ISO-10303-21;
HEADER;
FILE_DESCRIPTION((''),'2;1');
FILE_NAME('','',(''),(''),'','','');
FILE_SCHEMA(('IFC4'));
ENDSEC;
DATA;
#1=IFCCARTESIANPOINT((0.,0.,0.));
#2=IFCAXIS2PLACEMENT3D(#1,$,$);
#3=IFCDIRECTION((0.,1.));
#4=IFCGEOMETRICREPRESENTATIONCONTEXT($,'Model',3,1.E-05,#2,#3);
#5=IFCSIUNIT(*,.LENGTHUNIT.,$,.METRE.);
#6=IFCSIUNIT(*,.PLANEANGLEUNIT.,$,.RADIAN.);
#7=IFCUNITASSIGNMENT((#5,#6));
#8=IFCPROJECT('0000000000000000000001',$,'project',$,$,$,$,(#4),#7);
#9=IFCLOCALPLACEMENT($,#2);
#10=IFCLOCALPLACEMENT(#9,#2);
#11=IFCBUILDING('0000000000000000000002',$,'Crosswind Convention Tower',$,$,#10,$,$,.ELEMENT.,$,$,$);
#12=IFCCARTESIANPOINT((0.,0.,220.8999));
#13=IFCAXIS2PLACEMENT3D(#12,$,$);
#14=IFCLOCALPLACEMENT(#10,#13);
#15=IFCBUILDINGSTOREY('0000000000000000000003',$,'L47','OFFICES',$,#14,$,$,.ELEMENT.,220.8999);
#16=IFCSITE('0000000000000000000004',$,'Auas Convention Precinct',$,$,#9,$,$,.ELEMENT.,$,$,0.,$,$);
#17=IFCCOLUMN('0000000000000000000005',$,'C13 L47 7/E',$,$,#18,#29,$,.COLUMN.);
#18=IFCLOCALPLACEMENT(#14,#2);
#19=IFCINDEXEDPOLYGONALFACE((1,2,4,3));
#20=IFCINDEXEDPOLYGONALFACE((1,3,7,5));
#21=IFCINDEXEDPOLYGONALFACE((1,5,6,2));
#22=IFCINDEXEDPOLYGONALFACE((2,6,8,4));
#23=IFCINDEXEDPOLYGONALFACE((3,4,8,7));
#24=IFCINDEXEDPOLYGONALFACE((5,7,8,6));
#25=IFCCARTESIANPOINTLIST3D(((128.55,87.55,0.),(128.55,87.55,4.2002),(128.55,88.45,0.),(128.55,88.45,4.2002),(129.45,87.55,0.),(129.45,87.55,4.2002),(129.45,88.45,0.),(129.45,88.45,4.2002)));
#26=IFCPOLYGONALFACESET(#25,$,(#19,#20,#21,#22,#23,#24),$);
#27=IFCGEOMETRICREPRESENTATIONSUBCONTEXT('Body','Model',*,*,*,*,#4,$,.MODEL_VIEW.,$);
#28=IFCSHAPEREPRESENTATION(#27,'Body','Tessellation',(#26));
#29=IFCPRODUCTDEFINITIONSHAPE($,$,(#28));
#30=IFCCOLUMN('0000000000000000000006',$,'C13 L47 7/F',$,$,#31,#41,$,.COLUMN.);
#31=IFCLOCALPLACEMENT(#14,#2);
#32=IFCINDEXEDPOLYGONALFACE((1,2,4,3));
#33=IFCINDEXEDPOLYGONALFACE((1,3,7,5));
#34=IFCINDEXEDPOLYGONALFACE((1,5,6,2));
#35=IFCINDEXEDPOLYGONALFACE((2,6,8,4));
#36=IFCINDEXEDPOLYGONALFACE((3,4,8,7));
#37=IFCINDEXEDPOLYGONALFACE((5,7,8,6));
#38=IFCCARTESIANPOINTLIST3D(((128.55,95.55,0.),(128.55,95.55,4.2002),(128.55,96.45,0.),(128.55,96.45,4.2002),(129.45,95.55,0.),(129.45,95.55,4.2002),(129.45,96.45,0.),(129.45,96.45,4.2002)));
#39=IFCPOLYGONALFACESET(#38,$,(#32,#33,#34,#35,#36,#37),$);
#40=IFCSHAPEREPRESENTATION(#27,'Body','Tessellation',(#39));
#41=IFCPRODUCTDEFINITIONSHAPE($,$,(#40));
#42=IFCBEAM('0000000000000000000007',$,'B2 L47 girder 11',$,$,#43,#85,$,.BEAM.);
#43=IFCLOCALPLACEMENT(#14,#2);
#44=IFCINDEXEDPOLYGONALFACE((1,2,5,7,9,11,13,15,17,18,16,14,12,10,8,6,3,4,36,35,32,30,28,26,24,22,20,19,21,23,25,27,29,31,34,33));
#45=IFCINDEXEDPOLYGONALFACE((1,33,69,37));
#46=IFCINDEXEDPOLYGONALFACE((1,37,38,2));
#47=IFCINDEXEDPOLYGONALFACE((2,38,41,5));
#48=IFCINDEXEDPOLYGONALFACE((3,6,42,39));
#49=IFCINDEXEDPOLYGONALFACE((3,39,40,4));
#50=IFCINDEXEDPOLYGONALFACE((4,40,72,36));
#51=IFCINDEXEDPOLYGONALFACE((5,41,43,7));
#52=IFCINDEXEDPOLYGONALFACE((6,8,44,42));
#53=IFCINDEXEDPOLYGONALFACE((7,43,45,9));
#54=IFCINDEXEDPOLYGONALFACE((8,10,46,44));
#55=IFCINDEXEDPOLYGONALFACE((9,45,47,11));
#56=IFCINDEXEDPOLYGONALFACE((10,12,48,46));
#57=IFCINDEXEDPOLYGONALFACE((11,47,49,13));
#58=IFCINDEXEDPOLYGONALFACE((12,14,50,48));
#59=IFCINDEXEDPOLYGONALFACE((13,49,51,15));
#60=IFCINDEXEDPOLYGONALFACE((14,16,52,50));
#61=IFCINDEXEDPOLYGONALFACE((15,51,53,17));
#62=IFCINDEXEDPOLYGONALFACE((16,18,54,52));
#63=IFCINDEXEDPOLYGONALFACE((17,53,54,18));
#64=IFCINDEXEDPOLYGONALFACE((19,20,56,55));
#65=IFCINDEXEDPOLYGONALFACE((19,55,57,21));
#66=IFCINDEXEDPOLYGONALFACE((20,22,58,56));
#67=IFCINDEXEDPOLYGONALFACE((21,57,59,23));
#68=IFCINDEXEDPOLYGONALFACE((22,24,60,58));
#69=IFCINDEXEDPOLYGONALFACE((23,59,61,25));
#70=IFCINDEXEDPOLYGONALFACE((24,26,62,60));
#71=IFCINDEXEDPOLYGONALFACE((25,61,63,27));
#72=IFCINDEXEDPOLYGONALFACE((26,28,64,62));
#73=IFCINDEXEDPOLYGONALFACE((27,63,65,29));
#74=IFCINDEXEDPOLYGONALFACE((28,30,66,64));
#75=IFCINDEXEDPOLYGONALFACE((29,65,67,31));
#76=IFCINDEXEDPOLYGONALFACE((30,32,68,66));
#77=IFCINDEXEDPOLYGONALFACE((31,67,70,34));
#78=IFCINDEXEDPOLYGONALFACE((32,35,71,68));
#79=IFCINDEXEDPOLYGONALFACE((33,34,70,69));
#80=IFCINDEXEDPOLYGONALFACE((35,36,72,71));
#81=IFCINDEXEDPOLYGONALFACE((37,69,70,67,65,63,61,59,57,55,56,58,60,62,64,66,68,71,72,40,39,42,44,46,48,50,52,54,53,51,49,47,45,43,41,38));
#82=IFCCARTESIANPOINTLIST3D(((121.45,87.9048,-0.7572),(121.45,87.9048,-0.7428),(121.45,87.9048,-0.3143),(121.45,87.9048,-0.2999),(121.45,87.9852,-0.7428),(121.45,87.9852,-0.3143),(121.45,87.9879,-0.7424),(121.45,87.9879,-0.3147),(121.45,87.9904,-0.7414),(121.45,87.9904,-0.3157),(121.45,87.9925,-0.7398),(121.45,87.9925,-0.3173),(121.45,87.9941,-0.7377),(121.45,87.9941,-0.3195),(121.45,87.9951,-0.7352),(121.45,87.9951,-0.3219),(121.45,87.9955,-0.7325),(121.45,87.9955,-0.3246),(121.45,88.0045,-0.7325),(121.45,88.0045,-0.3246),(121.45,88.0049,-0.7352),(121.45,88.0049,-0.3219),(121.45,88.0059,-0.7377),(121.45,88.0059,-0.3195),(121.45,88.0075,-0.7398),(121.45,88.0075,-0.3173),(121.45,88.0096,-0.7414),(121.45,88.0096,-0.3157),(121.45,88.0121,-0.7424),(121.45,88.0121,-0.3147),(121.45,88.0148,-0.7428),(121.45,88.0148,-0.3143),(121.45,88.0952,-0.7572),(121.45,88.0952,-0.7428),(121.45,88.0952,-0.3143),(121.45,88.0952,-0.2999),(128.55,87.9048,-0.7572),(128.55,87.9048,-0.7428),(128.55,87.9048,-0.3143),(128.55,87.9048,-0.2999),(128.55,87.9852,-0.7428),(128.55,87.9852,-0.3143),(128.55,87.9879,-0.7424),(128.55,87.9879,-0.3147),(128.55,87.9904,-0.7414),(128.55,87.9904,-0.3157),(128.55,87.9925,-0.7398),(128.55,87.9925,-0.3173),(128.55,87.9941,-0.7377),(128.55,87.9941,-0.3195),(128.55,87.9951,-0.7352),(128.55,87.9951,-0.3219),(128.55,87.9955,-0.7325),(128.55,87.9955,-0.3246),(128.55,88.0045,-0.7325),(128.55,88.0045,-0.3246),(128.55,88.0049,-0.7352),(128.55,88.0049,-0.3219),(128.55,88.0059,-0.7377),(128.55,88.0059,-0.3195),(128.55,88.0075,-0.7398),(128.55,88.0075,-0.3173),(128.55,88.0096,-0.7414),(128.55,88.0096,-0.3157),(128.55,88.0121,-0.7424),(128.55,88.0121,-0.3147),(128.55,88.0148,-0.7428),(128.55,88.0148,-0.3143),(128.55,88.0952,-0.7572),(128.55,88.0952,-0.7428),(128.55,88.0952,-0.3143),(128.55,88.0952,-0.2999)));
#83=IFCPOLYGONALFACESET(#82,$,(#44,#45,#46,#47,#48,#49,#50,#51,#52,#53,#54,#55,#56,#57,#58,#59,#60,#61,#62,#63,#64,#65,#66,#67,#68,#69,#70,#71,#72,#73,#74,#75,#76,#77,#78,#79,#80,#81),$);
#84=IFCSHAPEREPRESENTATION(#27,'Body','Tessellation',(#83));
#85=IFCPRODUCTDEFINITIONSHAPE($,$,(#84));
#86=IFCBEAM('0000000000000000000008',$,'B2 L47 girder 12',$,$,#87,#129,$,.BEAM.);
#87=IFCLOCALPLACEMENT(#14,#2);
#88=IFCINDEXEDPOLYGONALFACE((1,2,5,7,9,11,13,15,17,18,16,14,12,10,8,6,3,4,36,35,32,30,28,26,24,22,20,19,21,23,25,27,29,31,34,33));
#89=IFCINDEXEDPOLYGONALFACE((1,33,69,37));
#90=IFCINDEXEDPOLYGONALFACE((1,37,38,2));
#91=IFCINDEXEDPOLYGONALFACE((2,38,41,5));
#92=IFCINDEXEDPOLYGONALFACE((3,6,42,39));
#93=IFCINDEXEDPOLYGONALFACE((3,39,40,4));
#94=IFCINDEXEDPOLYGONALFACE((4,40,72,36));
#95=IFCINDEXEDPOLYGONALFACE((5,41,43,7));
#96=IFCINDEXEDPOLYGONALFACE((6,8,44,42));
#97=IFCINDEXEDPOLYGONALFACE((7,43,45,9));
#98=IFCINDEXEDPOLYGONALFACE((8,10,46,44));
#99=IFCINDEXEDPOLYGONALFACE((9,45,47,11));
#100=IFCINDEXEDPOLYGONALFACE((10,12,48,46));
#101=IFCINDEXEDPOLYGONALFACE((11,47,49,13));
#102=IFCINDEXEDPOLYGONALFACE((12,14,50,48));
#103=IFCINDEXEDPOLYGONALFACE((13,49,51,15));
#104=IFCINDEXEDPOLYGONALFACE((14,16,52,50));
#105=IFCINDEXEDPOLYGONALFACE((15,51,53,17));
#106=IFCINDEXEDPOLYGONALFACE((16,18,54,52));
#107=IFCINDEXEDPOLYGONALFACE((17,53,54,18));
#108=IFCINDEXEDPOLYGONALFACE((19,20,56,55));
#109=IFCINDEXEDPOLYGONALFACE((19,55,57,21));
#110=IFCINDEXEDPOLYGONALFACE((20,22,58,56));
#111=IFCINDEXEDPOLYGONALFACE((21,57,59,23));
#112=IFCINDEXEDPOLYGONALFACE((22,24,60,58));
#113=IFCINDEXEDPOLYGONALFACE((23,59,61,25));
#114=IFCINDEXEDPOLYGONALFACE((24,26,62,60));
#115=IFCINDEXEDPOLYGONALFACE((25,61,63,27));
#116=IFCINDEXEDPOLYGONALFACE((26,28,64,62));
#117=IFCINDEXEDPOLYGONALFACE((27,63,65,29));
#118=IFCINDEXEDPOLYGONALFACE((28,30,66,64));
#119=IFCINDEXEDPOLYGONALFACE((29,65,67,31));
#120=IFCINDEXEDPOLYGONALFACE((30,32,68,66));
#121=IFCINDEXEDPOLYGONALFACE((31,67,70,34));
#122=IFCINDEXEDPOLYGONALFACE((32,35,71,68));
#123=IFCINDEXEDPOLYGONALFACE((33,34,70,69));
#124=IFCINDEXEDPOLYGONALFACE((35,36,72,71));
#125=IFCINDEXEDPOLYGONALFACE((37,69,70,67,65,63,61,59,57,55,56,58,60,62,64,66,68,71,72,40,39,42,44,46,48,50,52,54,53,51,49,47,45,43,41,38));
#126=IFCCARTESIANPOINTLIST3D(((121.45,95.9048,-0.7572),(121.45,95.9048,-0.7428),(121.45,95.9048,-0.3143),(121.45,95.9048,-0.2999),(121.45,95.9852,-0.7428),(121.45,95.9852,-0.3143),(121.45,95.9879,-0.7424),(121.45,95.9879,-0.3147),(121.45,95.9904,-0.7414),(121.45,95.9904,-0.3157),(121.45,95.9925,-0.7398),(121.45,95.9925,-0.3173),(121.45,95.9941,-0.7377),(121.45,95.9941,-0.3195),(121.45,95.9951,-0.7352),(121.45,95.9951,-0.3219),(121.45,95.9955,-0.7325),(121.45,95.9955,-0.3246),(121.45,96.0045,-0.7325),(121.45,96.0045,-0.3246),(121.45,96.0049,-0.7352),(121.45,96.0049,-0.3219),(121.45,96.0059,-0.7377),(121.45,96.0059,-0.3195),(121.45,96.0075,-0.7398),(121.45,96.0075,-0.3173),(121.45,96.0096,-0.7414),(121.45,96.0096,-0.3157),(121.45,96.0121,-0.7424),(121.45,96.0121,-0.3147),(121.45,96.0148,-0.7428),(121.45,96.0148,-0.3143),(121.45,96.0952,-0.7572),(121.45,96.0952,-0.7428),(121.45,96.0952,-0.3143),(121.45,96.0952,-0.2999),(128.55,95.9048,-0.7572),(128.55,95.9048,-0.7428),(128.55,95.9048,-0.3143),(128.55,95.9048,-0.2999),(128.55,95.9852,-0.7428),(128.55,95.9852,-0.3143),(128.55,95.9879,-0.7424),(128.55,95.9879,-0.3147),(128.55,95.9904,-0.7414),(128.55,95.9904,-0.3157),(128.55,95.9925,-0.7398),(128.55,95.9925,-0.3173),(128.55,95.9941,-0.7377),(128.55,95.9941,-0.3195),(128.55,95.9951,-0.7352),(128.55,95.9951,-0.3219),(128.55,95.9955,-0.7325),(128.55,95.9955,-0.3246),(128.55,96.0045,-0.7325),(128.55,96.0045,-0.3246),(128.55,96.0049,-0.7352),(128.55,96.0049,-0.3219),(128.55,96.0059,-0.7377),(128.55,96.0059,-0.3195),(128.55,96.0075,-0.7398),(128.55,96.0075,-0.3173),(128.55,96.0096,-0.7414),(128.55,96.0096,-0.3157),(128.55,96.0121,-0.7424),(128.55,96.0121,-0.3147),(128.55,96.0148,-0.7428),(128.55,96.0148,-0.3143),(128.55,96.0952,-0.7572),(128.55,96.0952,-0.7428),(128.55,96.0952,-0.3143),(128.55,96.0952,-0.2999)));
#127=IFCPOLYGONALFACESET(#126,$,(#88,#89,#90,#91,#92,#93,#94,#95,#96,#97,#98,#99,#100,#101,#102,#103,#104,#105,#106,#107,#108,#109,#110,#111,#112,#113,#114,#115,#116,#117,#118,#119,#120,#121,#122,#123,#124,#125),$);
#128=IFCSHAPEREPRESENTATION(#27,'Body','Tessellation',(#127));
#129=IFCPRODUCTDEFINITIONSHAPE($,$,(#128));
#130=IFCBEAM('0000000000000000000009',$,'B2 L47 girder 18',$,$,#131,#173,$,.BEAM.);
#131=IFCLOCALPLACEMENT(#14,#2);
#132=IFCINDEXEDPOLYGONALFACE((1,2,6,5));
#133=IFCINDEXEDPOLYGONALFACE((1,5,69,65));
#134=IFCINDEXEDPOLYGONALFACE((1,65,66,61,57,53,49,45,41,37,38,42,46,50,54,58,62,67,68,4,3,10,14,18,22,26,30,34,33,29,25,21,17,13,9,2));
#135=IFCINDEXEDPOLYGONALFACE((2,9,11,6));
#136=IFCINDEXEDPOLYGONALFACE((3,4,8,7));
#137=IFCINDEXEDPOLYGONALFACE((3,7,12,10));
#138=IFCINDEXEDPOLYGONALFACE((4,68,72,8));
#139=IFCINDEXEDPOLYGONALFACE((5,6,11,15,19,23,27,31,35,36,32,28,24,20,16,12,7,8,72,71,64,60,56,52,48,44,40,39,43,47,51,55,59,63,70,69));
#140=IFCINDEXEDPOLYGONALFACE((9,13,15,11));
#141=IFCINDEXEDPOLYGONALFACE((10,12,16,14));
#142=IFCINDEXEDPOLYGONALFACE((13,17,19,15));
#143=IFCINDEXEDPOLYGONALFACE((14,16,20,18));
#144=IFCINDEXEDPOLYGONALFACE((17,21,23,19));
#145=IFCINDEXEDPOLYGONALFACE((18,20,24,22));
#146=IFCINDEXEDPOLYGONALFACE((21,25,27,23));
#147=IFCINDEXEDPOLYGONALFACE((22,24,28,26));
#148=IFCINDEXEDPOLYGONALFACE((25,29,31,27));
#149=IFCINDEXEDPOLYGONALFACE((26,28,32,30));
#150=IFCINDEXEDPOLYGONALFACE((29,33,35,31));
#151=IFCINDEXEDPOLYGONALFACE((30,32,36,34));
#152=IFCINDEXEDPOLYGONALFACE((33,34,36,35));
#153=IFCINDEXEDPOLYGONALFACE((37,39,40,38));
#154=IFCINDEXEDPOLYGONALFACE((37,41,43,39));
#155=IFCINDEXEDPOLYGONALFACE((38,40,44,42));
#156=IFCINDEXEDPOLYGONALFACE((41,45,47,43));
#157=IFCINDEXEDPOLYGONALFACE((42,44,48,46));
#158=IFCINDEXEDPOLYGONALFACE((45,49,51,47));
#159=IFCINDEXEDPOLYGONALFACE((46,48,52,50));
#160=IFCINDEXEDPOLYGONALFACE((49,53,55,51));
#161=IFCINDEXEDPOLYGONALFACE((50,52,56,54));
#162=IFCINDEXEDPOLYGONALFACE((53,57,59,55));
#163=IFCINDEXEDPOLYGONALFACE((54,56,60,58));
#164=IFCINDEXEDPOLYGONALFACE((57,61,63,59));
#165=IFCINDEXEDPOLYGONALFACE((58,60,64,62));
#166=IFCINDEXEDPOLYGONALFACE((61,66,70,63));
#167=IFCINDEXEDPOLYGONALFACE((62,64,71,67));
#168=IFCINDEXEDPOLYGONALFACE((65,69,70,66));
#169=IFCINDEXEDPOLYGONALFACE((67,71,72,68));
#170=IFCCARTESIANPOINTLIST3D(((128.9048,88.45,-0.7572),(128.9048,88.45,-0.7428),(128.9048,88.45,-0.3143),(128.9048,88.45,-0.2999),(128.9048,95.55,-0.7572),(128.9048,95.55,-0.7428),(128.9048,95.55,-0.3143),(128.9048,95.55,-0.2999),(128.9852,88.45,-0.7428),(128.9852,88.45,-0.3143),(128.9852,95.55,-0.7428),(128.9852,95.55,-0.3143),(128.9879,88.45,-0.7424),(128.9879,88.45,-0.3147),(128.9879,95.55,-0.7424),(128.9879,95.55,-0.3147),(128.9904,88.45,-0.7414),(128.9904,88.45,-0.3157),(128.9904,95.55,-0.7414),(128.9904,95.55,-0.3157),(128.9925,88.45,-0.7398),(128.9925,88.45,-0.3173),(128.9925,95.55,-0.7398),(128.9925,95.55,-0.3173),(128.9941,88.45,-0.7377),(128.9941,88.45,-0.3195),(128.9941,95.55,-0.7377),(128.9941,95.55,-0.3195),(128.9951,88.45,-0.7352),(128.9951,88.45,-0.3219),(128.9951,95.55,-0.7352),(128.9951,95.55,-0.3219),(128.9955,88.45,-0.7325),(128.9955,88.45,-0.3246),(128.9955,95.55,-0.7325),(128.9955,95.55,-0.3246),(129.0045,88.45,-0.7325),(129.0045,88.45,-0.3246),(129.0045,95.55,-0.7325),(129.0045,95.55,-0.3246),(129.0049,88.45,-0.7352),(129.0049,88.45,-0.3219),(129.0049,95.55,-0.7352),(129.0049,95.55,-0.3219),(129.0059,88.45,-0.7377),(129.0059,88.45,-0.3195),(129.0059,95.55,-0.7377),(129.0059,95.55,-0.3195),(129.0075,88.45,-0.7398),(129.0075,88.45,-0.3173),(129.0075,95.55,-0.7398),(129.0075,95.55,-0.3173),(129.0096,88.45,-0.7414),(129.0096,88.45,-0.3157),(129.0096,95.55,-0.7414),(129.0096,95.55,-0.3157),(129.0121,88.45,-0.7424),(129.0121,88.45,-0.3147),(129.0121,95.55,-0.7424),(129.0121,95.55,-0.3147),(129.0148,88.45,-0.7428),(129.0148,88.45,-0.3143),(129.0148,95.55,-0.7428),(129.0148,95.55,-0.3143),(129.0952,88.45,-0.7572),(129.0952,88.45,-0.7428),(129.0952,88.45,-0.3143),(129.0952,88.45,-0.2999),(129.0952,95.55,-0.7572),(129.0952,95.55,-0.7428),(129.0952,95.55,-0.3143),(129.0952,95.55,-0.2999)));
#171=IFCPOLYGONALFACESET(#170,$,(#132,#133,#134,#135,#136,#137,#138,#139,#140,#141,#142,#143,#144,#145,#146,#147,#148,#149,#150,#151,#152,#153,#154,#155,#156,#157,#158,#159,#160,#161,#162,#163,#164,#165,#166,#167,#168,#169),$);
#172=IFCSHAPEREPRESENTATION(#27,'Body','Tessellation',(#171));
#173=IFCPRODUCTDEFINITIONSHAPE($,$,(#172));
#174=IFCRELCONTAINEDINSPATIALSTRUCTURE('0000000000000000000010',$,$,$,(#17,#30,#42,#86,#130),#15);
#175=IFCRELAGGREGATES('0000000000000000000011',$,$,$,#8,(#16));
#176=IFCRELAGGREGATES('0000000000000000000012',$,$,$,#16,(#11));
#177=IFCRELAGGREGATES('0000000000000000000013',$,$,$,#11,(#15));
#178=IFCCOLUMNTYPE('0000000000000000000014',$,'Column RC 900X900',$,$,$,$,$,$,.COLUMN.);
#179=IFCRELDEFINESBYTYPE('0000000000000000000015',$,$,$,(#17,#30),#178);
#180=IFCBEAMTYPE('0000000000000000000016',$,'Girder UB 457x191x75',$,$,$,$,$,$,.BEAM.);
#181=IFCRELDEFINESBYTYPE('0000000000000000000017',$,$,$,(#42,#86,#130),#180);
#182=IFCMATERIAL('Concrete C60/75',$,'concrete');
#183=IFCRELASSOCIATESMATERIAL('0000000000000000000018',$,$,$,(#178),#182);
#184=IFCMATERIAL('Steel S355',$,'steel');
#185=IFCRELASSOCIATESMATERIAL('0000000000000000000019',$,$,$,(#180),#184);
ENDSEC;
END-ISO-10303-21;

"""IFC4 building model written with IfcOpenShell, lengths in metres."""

from ifc_helpers import new_model, si_unit, direction, frame, origin, origin_2d, place, context, subcontext, project, spatial, rectangle, i_section, extrude, material, material_profile, profile_set, type_object, element, save


model = new_model("IFC4")

# Units and contexts
model_context = context("Model", 3, precision=1e-05, world=origin(), true_north=direction((0.0, 1.0)))
body_context = subcontext(model_context, "Body", "Model", "MODEL_VIEW")
ifc_project = project(units=[si_unit("LENGTHUNIT", "METRE"), si_unit("PLANEANGLEUNIT", "RADIAN")], contexts=[model_context])

# Site, building, storey
site_placement = place(None, origin())
site = spatial("IfcSite", under=ifc_project, at=site_placement, Name="Auas Convention Precinct", CompositionType="ELEMENT", RefElevation=0.0)
building_placement = place(site_placement, origin())
building = spatial("IfcBuilding", under=site, at=building_placement, Name="Crosswind Convention Tower", CompositionType="ELEMENT")
storey_placement = place(building_placement, frame((0.0, 0.0, 220.8999)))
storey = spatial("IfcBuildingStorey", under=building, at=storey_placement, Name="L47", Description="OFFICES", CompositionType="ELEMENT", Elevation=220.8999)

# Columns
ifc_material_1 = material(Name="Concrete C60/75", Category="concrete")
ifc_material_profile_1 = material_profile(ifc_material_1, rectangle(XDim=0.8999, YDim=0.8999, at=origin_2d()), Name="RC 900X900")
ifc_profile_set_1 = profile_set([ifc_material_profile_1], Name="Concrete C60/75")
column_type = type_object("IfcColumnType", Name="Column RC 900X900", PredefinedType="COLUMN", material=ifc_profile_set_1)
for number, where, z_axis, x_axis, name in (
    (1, (129.0, 88.0, 0.0), (0.0, 0.0, 1.0), (1.0, 0.0, 0.0), "C13 L47 7/E"),
    (2, (129.0, 96.0, 0.0), (0.0, 0.0, 1.0), (1.0, 0.0, 0.0), "C13 L47 7/F"),
):
    element("IfcColumn", number, at=place(storey_placement, frame(where, z_axis=z_axis, x_axis=x_axis)), inside=storey, type_object=column_type, Name=name, PredefinedType="COLUMN", context=body_context, shape_type="SweptSolid", body=[
        extrude(rectangle(XDim=0.8999, YDim=0.8999, at=origin_2d()), origin(), (0.0, 0.0, 1.0), 4.2002),
    ])

# Beams
ifc_material_2 = material(Name="Steel S355", Category="steel")
ifc_material_profile_2 = material_profile(ifc_material_2, i_section(OverallWidth=0.1904, OverallDepth=0.4573, WebThickness=0.009, FlangeThickness=0.0144, FilletRadius=0.0103, at=origin_2d()), Name="UB 457x191x75")
ifc_profile_set_2 = profile_set([ifc_material_profile_2], Name="Steel S355")
beam_type_1 = type_object("IfcBeamType", Name="Girder UB 457x191x75", PredefinedType="BEAM", material=ifc_profile_set_2)
for number, where, z_axis, x_axis, name in (
    (3, (121.45, 88.0, -0.5286), (1.0, 0.0, 0.0), (0.0, 1.0, 0.0), "B2 L47 girder 11"),
    (4, (121.45, 96.0, -0.5286), (1.0, 0.0, 0.0), (0.0, 1.0, 0.0), "B2 L47 girder 12"),
    (5, (129.0, 88.45, -0.5286), (0.0, 1.0, 0.0), (-1.0, 0.0, 0.0), "B2 L47 girder 18"),
):
    element("IfcBeam", number, at=place(storey_placement, frame(where, z_axis=z_axis, x_axis=x_axis)), inside=storey, type_object=beam_type_1, Name=name, PredefinedType="BEAM", context=body_context, shape_type="SweptSolid", body=[
        extrude(i_section(OverallWidth=0.1904, OverallDepth=0.4573, WebThickness=0.009, FlangeThickness=0.0144, FilletRadius=0.0103, at=origin_2d()), origin(), (0.0, 0.0, 1.0), 7.1001),
    ])

save(model, "model.ifc")
